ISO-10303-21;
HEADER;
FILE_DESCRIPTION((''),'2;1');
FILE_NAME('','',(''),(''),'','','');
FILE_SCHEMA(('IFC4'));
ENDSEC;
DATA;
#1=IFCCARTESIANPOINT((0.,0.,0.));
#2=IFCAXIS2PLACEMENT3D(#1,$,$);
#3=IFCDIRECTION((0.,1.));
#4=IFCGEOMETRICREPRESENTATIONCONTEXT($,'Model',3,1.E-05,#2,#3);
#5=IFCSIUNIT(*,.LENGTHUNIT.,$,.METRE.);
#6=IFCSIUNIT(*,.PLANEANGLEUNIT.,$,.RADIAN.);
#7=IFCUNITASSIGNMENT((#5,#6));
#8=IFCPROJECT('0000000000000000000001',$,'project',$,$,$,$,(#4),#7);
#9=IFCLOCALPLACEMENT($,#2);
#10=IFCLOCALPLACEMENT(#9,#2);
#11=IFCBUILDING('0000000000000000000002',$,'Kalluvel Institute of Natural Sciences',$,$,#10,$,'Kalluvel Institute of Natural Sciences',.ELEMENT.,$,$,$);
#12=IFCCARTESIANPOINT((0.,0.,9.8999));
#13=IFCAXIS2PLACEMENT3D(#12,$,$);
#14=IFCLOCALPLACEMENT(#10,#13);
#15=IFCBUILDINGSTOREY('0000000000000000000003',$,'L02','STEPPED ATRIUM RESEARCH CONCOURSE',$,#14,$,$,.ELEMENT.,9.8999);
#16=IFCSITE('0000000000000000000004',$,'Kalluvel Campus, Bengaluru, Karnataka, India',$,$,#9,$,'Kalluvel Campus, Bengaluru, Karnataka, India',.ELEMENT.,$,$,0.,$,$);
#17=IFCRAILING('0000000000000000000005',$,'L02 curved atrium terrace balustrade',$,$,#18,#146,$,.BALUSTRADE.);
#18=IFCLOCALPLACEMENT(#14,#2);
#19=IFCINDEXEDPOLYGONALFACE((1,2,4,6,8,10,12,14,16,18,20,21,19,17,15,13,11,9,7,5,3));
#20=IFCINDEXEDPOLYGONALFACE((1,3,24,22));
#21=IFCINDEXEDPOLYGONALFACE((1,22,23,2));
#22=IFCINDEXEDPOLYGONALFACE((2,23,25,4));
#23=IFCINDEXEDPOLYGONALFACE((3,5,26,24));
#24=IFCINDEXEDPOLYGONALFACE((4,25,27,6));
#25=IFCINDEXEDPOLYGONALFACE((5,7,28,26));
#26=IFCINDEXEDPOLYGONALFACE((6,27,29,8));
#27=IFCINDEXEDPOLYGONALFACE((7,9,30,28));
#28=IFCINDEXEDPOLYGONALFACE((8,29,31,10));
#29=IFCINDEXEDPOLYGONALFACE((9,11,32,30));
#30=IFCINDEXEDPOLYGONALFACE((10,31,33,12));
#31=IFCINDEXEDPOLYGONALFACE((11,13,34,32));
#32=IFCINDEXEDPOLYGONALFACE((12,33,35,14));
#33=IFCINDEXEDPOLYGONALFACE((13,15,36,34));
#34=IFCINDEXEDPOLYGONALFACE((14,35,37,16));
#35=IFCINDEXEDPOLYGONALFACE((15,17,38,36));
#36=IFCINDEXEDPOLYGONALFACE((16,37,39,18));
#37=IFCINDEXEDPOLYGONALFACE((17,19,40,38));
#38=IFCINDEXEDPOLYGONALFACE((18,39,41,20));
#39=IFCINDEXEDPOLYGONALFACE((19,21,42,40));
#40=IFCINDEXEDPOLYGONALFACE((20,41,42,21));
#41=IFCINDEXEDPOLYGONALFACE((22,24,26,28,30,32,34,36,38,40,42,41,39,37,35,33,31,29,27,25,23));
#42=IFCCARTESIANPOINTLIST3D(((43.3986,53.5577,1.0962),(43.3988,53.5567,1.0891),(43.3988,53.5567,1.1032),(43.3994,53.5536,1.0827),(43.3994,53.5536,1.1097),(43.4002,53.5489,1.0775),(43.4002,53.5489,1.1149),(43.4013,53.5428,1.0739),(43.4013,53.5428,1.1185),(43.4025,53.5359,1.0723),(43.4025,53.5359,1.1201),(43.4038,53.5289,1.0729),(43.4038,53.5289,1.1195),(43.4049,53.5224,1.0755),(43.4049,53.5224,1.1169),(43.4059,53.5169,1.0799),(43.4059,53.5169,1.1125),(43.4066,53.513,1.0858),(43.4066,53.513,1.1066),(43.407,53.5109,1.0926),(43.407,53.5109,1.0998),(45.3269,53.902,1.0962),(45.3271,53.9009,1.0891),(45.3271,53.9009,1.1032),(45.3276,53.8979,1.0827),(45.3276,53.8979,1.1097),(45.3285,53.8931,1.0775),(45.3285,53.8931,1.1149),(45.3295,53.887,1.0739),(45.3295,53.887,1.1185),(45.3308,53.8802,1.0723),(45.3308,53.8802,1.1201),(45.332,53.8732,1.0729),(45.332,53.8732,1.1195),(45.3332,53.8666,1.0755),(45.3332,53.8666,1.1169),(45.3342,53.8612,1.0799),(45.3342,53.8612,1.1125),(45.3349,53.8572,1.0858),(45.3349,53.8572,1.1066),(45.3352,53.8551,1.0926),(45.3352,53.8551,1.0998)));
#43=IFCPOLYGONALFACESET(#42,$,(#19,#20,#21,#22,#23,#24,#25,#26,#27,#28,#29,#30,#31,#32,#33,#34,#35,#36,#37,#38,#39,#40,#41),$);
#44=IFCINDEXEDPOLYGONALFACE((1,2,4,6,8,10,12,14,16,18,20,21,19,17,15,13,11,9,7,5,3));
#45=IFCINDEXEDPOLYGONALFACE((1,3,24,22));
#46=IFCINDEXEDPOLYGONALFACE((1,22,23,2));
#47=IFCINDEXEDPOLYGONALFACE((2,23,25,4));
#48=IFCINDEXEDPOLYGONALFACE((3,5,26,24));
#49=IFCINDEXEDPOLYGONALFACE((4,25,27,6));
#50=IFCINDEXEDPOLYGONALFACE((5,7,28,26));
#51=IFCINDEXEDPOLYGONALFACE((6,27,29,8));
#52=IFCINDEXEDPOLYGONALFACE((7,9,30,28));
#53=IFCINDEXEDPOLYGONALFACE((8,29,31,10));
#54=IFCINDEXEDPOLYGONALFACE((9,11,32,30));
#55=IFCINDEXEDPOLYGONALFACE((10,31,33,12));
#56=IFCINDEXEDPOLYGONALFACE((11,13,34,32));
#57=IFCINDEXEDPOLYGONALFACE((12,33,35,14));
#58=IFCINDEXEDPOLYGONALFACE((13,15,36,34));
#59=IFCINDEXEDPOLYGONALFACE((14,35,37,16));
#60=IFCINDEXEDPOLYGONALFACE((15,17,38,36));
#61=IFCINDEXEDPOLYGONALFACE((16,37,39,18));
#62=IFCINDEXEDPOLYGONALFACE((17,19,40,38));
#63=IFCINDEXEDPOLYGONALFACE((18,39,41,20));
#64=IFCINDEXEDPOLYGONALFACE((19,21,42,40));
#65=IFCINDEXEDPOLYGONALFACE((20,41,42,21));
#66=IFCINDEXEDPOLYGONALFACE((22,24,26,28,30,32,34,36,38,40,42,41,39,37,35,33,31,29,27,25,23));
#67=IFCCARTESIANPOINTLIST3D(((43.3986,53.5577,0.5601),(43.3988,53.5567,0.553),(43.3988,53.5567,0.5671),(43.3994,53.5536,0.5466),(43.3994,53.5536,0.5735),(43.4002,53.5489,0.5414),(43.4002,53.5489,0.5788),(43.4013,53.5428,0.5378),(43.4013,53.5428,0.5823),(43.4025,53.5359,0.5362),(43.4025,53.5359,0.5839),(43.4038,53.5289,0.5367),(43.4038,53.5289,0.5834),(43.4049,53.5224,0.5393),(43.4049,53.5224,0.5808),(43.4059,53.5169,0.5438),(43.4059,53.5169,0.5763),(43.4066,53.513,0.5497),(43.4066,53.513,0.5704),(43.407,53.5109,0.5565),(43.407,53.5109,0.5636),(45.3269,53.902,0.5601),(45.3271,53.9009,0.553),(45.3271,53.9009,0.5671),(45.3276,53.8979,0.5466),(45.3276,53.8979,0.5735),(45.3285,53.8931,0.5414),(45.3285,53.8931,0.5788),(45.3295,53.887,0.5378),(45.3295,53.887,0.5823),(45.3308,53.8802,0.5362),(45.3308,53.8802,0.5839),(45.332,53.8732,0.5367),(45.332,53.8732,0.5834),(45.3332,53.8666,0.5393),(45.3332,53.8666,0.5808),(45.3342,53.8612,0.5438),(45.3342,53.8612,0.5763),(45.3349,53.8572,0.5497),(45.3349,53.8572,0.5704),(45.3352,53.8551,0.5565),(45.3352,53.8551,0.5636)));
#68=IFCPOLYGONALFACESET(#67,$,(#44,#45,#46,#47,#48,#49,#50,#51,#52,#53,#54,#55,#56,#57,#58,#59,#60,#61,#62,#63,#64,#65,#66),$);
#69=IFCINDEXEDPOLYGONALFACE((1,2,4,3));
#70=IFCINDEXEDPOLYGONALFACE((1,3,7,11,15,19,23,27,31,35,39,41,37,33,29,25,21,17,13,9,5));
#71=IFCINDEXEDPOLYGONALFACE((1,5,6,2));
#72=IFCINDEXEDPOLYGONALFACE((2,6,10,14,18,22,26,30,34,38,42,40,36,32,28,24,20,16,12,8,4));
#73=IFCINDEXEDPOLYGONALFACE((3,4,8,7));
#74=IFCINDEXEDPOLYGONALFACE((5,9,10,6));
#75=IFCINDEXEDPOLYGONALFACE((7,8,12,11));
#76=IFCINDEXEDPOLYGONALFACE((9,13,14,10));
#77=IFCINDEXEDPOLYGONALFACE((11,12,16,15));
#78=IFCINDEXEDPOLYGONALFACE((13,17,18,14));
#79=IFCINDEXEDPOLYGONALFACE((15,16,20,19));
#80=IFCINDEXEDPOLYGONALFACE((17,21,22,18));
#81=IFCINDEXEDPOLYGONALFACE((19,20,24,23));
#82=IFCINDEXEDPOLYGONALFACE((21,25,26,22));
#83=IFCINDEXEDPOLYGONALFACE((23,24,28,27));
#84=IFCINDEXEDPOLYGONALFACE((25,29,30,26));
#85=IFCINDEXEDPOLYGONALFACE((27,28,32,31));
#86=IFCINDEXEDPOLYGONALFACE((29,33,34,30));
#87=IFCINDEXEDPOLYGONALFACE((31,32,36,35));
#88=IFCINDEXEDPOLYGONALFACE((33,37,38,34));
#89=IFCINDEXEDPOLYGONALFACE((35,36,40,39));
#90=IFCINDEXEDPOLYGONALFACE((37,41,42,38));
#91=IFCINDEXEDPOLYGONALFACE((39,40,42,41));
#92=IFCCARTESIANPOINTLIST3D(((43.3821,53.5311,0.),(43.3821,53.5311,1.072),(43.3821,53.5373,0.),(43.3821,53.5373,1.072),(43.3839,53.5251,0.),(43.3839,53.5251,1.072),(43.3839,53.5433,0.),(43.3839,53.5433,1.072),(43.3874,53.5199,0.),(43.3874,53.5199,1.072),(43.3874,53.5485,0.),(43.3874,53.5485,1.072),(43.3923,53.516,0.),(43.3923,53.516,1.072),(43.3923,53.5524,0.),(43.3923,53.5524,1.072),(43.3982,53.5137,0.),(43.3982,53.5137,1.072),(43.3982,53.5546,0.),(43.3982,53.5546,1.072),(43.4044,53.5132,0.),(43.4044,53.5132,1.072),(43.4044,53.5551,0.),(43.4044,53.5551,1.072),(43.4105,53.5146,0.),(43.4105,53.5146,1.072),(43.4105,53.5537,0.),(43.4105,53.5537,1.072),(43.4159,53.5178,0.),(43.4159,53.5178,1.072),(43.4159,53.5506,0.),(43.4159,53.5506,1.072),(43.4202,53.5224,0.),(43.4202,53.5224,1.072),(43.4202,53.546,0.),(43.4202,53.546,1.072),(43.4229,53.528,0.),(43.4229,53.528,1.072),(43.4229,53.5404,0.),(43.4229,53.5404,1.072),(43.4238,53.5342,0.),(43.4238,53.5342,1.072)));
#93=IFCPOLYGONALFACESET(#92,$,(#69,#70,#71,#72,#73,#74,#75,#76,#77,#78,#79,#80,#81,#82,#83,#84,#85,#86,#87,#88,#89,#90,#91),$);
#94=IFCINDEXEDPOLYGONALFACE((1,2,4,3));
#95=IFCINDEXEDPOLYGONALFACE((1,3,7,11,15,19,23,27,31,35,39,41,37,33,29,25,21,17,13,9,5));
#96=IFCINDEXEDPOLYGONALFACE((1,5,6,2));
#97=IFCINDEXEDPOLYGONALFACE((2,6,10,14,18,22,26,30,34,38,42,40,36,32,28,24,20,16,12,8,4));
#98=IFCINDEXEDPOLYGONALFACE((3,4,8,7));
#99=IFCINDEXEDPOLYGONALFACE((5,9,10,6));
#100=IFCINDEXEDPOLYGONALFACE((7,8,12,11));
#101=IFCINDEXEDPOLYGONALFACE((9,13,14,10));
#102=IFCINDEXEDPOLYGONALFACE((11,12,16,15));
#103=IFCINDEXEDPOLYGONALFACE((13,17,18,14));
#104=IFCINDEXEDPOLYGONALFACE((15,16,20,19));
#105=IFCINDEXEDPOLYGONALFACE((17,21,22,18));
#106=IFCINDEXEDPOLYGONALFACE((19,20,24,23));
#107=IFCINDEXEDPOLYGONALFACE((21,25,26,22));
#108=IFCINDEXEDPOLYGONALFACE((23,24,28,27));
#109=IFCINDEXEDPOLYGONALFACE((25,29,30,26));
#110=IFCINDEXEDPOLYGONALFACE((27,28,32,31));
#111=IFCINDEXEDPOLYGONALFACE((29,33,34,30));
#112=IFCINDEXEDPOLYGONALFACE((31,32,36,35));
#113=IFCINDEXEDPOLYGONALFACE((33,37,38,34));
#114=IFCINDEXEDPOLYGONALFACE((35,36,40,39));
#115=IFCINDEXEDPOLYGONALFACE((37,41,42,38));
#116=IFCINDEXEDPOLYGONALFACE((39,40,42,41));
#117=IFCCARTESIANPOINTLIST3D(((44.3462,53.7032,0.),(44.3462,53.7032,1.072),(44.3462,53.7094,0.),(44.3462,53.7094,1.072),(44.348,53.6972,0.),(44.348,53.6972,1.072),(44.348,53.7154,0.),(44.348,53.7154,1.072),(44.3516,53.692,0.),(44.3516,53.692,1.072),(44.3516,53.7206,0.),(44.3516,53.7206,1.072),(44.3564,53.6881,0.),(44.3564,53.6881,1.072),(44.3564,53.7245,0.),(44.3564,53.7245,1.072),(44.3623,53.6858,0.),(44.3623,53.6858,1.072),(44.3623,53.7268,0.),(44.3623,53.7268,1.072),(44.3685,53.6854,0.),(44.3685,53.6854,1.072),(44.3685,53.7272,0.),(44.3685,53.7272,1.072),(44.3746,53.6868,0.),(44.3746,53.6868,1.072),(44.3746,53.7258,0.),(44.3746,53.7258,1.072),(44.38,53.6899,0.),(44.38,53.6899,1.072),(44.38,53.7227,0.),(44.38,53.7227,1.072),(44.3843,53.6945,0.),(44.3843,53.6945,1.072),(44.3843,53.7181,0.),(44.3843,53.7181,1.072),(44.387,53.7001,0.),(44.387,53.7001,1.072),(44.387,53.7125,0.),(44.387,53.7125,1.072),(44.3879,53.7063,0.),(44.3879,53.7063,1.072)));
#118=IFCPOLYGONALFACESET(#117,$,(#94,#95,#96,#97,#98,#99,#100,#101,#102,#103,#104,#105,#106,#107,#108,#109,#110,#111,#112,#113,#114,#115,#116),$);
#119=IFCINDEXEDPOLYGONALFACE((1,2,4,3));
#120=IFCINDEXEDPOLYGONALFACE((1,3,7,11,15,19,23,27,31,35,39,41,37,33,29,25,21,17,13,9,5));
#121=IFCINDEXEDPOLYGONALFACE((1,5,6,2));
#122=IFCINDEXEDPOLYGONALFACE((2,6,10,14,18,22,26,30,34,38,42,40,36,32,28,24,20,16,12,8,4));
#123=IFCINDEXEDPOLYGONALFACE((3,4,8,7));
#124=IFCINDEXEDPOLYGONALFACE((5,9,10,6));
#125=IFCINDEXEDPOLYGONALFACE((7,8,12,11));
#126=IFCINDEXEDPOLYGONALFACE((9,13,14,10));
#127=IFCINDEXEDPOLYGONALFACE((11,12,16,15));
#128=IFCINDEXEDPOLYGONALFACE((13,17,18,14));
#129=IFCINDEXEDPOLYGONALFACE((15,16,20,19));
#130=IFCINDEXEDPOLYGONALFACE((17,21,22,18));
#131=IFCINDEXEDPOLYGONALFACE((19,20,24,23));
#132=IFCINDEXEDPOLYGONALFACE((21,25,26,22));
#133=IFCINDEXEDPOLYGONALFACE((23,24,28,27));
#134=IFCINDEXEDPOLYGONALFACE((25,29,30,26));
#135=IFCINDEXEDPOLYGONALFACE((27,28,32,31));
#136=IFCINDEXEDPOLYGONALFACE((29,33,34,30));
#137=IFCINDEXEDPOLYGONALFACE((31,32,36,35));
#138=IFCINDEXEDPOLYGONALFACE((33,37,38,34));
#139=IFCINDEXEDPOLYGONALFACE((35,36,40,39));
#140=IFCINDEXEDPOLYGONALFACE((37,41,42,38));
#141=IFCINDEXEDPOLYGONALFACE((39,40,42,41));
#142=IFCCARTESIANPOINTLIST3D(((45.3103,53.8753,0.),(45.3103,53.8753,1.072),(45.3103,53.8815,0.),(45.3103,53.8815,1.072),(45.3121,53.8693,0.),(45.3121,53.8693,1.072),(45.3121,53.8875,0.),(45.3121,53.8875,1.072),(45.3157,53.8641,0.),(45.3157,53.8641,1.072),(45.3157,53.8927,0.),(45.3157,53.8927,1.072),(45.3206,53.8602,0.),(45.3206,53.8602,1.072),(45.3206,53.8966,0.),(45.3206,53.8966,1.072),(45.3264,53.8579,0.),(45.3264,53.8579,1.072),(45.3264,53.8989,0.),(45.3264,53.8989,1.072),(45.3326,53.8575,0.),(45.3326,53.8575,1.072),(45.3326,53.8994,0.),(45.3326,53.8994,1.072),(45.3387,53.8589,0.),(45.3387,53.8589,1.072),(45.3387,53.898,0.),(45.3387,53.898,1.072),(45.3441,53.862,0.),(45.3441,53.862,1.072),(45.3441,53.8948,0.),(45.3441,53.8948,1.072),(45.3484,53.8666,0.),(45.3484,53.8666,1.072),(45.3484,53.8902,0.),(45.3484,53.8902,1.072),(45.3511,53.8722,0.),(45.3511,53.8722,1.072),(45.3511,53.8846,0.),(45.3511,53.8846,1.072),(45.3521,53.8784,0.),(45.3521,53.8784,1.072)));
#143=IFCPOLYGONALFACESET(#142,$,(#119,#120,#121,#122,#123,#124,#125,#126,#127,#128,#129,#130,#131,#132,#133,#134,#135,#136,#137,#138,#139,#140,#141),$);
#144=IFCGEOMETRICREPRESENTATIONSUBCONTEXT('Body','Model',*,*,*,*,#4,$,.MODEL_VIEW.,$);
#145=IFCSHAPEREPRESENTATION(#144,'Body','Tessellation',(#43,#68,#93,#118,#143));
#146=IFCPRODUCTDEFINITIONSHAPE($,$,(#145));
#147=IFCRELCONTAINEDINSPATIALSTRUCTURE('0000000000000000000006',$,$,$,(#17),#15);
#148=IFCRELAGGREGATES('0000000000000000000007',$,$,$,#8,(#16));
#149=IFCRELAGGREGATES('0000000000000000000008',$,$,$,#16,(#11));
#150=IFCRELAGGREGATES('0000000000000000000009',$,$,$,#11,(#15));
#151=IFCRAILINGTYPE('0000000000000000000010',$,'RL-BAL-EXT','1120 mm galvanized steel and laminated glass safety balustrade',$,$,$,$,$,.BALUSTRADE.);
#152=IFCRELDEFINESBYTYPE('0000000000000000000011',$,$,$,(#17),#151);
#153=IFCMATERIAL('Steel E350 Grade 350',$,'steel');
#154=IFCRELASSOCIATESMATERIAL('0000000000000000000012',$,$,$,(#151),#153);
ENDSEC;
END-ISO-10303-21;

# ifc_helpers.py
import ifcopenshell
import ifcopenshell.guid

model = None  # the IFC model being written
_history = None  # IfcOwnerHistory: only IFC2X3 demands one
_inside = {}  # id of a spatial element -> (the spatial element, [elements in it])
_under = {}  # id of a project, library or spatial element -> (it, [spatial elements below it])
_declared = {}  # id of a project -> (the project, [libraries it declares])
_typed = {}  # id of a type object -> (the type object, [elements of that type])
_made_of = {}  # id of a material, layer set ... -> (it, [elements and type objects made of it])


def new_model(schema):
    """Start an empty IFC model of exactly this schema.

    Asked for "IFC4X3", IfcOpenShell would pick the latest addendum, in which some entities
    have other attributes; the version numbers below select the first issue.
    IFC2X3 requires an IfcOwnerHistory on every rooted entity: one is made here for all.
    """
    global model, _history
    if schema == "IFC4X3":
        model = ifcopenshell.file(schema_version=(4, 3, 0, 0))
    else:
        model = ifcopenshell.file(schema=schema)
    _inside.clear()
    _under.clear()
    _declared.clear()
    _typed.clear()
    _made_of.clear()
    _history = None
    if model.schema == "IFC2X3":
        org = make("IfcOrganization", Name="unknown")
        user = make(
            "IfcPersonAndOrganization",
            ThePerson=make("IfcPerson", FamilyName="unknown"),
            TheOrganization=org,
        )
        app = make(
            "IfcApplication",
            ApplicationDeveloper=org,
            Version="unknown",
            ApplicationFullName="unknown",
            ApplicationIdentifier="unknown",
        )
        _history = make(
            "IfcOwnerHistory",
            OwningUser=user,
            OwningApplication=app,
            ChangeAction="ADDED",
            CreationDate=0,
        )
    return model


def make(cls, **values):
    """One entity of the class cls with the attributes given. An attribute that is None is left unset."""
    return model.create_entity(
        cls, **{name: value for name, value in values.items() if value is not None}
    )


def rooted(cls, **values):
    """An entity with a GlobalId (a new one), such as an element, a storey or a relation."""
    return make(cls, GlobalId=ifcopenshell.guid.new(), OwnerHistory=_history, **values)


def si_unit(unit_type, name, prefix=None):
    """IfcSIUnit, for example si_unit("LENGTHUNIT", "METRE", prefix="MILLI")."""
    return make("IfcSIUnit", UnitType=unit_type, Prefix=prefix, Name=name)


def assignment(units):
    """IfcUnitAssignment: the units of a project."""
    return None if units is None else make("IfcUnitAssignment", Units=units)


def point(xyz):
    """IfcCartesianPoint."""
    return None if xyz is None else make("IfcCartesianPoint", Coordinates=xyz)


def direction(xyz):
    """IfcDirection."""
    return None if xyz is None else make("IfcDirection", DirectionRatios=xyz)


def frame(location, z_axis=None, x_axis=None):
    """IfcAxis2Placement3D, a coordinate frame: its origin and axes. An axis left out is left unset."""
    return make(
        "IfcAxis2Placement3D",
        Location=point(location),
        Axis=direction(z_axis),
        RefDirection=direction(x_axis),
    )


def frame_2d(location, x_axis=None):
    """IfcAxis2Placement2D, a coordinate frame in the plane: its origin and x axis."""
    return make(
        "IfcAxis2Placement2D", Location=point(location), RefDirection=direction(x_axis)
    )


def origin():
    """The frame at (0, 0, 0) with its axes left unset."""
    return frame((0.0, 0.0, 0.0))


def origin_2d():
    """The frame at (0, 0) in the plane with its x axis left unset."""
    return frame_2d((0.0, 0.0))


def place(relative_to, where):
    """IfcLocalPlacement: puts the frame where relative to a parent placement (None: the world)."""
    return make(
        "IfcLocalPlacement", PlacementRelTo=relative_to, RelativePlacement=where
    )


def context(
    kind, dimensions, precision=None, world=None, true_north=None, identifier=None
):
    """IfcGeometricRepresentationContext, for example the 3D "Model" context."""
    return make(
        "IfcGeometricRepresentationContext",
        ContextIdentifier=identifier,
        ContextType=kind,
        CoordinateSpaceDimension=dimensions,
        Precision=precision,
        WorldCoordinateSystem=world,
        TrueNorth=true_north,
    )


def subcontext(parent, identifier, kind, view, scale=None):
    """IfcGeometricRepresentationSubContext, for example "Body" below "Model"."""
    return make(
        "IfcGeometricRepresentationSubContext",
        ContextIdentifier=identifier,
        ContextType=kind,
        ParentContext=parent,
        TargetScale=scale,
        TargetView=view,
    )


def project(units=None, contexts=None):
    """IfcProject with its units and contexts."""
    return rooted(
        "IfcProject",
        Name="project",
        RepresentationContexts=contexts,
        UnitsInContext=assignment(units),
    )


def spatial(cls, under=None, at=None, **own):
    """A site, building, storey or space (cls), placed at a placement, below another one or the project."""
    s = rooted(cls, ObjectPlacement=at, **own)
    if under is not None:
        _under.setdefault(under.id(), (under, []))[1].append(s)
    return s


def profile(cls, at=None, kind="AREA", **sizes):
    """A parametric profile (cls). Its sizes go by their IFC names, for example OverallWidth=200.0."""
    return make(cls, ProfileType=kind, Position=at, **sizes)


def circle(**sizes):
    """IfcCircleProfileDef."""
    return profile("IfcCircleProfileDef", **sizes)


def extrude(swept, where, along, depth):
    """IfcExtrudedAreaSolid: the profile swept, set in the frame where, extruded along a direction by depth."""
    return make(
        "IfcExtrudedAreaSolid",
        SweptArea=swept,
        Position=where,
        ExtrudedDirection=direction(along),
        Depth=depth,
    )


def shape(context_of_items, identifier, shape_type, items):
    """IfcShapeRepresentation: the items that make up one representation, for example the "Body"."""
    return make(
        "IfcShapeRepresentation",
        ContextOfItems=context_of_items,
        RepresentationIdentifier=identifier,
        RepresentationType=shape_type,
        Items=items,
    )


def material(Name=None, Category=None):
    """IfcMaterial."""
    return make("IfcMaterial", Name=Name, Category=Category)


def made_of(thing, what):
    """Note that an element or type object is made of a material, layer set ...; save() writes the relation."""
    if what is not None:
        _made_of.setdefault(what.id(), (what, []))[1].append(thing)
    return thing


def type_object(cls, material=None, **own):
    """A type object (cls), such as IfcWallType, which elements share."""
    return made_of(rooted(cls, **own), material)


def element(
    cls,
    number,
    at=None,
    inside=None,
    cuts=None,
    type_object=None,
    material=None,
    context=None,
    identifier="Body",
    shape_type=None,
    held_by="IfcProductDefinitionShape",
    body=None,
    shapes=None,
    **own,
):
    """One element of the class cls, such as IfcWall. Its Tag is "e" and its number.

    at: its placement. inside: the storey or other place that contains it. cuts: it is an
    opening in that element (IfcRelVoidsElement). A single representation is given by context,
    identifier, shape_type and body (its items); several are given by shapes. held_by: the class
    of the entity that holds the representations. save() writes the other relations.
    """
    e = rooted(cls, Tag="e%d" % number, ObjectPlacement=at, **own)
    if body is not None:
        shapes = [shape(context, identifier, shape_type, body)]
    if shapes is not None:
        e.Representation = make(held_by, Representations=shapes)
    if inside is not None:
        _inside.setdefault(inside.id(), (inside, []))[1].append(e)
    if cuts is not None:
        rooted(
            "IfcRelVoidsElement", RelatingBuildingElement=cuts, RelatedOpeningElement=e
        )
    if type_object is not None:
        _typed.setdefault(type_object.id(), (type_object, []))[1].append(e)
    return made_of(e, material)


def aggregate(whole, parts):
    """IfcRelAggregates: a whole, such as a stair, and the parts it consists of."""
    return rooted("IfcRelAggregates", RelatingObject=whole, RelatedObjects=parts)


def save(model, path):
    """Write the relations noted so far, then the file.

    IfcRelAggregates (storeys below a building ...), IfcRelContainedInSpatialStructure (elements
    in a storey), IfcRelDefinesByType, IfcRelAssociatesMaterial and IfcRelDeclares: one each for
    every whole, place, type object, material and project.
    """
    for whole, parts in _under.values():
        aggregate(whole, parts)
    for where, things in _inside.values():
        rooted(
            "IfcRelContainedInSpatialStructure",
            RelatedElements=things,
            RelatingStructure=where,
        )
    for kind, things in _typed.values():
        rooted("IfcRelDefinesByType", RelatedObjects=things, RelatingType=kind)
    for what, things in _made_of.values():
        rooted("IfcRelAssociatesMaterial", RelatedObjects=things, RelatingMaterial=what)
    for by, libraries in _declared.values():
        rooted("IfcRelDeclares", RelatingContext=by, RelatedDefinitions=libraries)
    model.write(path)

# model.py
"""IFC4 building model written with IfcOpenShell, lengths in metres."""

from ifc_helpers import new_model, si_unit, direction, frame, origin, origin_2d, place, context, subcontext, project, spatial, circle, extrude, material, type_object, element, save


model = new_model("IFC4")

# Units and contexts
model_context = context("Model", 3, precision=1e-05, world=origin(), true_north=direction((0.0, 1.0)))
body_context = subcontext(model_context, "Body", "Model", "MODEL_VIEW")
ifc_project = project(units=[si_unit("LENGTHUNIT", "METRE"), si_unit("PLANEANGLEUNIT", "RADIAN")], contexts=[model_context])

# Site, building, storey
site_placement = place(None, origin())
site = spatial("IfcSite", under=ifc_project, at=site_placement, Name="Kalluvel Campus, Bengaluru, Karnataka, India", LongName="Kalluvel Campus, Bengaluru, Karnataka, India", CompositionType="ELEMENT", RefElevation=0.0)
building_placement = place(site_placement, origin())
building = spatial("IfcBuilding", under=site, at=building_placement, Name="Kalluvel Institute of Natural Sciences", LongName="Kalluvel Institute of Natural Sciences", CompositionType="ELEMENT")
storey_placement = place(building_placement, frame((0.0, 0.0, 9.8999)))
storey = spatial("IfcBuildingStorey", under=building, at=storey_placement, Name="L02", Description="STEPPED ATRIUM RESEARCH CONCOURSE", CompositionType="ELEMENT", Elevation=9.8999)

# Railing
ifc_material_1 = material(Name="Steel E350 Grade 350", Category="steel")
railing_type = type_object("IfcRailingType", Name="RL-BAL-EXT", Description="1120 mm galvanized steel and laminated glass safety balustrade", PredefinedType="BALUSTRADE", material=ifc_material_1)
railing_1_placement = place(storey_placement, frame((43.4028, 53.5342, 0.0)))
element("IfcRailing", 1, at=railing_1_placement, inside=storey, type_object=railing_type, Name="L02 curved atrium terrace balustrade", PredefinedType="BALUSTRADE", context=body_context, shape_type="SweptSolid", body=[
    extrude(circle(Radius=0.0239, at=origin_2d()), frame((0.0, 0.0, 1.0962), z_axis=(0.984435, 0.175747, 0.0), x_axis=(-0.175747, 0.984435, 0.0)), (0.0, 0.0, 1.0), 1.9587),
    extrude(circle(Radius=0.0239, at=origin_2d()), frame((0.0, 0.0, 0.5601), z_axis=(0.984435, 0.175747, 0.0), x_axis=(-0.175747, 0.984435, 0.0)), (0.0, 0.0, 1.0), 1.9587),
    extrude(circle(Radius=0.021, at=origin_2d()), origin(), (0.0, 0.0, 1.0), 1.072),
    extrude(circle(Radius=0.021, at=origin_2d()), frame((0.9641, 0.1721, 0.0)), (0.0, 0.0, 1.0), 1.072),
    extrude(circle(Radius=0.021, at=origin_2d()), frame((1.9282, 0.3442, 0.0)), (0.0, 0.0, 1.0), 1.072),
])

save(model, "model.ifc")
